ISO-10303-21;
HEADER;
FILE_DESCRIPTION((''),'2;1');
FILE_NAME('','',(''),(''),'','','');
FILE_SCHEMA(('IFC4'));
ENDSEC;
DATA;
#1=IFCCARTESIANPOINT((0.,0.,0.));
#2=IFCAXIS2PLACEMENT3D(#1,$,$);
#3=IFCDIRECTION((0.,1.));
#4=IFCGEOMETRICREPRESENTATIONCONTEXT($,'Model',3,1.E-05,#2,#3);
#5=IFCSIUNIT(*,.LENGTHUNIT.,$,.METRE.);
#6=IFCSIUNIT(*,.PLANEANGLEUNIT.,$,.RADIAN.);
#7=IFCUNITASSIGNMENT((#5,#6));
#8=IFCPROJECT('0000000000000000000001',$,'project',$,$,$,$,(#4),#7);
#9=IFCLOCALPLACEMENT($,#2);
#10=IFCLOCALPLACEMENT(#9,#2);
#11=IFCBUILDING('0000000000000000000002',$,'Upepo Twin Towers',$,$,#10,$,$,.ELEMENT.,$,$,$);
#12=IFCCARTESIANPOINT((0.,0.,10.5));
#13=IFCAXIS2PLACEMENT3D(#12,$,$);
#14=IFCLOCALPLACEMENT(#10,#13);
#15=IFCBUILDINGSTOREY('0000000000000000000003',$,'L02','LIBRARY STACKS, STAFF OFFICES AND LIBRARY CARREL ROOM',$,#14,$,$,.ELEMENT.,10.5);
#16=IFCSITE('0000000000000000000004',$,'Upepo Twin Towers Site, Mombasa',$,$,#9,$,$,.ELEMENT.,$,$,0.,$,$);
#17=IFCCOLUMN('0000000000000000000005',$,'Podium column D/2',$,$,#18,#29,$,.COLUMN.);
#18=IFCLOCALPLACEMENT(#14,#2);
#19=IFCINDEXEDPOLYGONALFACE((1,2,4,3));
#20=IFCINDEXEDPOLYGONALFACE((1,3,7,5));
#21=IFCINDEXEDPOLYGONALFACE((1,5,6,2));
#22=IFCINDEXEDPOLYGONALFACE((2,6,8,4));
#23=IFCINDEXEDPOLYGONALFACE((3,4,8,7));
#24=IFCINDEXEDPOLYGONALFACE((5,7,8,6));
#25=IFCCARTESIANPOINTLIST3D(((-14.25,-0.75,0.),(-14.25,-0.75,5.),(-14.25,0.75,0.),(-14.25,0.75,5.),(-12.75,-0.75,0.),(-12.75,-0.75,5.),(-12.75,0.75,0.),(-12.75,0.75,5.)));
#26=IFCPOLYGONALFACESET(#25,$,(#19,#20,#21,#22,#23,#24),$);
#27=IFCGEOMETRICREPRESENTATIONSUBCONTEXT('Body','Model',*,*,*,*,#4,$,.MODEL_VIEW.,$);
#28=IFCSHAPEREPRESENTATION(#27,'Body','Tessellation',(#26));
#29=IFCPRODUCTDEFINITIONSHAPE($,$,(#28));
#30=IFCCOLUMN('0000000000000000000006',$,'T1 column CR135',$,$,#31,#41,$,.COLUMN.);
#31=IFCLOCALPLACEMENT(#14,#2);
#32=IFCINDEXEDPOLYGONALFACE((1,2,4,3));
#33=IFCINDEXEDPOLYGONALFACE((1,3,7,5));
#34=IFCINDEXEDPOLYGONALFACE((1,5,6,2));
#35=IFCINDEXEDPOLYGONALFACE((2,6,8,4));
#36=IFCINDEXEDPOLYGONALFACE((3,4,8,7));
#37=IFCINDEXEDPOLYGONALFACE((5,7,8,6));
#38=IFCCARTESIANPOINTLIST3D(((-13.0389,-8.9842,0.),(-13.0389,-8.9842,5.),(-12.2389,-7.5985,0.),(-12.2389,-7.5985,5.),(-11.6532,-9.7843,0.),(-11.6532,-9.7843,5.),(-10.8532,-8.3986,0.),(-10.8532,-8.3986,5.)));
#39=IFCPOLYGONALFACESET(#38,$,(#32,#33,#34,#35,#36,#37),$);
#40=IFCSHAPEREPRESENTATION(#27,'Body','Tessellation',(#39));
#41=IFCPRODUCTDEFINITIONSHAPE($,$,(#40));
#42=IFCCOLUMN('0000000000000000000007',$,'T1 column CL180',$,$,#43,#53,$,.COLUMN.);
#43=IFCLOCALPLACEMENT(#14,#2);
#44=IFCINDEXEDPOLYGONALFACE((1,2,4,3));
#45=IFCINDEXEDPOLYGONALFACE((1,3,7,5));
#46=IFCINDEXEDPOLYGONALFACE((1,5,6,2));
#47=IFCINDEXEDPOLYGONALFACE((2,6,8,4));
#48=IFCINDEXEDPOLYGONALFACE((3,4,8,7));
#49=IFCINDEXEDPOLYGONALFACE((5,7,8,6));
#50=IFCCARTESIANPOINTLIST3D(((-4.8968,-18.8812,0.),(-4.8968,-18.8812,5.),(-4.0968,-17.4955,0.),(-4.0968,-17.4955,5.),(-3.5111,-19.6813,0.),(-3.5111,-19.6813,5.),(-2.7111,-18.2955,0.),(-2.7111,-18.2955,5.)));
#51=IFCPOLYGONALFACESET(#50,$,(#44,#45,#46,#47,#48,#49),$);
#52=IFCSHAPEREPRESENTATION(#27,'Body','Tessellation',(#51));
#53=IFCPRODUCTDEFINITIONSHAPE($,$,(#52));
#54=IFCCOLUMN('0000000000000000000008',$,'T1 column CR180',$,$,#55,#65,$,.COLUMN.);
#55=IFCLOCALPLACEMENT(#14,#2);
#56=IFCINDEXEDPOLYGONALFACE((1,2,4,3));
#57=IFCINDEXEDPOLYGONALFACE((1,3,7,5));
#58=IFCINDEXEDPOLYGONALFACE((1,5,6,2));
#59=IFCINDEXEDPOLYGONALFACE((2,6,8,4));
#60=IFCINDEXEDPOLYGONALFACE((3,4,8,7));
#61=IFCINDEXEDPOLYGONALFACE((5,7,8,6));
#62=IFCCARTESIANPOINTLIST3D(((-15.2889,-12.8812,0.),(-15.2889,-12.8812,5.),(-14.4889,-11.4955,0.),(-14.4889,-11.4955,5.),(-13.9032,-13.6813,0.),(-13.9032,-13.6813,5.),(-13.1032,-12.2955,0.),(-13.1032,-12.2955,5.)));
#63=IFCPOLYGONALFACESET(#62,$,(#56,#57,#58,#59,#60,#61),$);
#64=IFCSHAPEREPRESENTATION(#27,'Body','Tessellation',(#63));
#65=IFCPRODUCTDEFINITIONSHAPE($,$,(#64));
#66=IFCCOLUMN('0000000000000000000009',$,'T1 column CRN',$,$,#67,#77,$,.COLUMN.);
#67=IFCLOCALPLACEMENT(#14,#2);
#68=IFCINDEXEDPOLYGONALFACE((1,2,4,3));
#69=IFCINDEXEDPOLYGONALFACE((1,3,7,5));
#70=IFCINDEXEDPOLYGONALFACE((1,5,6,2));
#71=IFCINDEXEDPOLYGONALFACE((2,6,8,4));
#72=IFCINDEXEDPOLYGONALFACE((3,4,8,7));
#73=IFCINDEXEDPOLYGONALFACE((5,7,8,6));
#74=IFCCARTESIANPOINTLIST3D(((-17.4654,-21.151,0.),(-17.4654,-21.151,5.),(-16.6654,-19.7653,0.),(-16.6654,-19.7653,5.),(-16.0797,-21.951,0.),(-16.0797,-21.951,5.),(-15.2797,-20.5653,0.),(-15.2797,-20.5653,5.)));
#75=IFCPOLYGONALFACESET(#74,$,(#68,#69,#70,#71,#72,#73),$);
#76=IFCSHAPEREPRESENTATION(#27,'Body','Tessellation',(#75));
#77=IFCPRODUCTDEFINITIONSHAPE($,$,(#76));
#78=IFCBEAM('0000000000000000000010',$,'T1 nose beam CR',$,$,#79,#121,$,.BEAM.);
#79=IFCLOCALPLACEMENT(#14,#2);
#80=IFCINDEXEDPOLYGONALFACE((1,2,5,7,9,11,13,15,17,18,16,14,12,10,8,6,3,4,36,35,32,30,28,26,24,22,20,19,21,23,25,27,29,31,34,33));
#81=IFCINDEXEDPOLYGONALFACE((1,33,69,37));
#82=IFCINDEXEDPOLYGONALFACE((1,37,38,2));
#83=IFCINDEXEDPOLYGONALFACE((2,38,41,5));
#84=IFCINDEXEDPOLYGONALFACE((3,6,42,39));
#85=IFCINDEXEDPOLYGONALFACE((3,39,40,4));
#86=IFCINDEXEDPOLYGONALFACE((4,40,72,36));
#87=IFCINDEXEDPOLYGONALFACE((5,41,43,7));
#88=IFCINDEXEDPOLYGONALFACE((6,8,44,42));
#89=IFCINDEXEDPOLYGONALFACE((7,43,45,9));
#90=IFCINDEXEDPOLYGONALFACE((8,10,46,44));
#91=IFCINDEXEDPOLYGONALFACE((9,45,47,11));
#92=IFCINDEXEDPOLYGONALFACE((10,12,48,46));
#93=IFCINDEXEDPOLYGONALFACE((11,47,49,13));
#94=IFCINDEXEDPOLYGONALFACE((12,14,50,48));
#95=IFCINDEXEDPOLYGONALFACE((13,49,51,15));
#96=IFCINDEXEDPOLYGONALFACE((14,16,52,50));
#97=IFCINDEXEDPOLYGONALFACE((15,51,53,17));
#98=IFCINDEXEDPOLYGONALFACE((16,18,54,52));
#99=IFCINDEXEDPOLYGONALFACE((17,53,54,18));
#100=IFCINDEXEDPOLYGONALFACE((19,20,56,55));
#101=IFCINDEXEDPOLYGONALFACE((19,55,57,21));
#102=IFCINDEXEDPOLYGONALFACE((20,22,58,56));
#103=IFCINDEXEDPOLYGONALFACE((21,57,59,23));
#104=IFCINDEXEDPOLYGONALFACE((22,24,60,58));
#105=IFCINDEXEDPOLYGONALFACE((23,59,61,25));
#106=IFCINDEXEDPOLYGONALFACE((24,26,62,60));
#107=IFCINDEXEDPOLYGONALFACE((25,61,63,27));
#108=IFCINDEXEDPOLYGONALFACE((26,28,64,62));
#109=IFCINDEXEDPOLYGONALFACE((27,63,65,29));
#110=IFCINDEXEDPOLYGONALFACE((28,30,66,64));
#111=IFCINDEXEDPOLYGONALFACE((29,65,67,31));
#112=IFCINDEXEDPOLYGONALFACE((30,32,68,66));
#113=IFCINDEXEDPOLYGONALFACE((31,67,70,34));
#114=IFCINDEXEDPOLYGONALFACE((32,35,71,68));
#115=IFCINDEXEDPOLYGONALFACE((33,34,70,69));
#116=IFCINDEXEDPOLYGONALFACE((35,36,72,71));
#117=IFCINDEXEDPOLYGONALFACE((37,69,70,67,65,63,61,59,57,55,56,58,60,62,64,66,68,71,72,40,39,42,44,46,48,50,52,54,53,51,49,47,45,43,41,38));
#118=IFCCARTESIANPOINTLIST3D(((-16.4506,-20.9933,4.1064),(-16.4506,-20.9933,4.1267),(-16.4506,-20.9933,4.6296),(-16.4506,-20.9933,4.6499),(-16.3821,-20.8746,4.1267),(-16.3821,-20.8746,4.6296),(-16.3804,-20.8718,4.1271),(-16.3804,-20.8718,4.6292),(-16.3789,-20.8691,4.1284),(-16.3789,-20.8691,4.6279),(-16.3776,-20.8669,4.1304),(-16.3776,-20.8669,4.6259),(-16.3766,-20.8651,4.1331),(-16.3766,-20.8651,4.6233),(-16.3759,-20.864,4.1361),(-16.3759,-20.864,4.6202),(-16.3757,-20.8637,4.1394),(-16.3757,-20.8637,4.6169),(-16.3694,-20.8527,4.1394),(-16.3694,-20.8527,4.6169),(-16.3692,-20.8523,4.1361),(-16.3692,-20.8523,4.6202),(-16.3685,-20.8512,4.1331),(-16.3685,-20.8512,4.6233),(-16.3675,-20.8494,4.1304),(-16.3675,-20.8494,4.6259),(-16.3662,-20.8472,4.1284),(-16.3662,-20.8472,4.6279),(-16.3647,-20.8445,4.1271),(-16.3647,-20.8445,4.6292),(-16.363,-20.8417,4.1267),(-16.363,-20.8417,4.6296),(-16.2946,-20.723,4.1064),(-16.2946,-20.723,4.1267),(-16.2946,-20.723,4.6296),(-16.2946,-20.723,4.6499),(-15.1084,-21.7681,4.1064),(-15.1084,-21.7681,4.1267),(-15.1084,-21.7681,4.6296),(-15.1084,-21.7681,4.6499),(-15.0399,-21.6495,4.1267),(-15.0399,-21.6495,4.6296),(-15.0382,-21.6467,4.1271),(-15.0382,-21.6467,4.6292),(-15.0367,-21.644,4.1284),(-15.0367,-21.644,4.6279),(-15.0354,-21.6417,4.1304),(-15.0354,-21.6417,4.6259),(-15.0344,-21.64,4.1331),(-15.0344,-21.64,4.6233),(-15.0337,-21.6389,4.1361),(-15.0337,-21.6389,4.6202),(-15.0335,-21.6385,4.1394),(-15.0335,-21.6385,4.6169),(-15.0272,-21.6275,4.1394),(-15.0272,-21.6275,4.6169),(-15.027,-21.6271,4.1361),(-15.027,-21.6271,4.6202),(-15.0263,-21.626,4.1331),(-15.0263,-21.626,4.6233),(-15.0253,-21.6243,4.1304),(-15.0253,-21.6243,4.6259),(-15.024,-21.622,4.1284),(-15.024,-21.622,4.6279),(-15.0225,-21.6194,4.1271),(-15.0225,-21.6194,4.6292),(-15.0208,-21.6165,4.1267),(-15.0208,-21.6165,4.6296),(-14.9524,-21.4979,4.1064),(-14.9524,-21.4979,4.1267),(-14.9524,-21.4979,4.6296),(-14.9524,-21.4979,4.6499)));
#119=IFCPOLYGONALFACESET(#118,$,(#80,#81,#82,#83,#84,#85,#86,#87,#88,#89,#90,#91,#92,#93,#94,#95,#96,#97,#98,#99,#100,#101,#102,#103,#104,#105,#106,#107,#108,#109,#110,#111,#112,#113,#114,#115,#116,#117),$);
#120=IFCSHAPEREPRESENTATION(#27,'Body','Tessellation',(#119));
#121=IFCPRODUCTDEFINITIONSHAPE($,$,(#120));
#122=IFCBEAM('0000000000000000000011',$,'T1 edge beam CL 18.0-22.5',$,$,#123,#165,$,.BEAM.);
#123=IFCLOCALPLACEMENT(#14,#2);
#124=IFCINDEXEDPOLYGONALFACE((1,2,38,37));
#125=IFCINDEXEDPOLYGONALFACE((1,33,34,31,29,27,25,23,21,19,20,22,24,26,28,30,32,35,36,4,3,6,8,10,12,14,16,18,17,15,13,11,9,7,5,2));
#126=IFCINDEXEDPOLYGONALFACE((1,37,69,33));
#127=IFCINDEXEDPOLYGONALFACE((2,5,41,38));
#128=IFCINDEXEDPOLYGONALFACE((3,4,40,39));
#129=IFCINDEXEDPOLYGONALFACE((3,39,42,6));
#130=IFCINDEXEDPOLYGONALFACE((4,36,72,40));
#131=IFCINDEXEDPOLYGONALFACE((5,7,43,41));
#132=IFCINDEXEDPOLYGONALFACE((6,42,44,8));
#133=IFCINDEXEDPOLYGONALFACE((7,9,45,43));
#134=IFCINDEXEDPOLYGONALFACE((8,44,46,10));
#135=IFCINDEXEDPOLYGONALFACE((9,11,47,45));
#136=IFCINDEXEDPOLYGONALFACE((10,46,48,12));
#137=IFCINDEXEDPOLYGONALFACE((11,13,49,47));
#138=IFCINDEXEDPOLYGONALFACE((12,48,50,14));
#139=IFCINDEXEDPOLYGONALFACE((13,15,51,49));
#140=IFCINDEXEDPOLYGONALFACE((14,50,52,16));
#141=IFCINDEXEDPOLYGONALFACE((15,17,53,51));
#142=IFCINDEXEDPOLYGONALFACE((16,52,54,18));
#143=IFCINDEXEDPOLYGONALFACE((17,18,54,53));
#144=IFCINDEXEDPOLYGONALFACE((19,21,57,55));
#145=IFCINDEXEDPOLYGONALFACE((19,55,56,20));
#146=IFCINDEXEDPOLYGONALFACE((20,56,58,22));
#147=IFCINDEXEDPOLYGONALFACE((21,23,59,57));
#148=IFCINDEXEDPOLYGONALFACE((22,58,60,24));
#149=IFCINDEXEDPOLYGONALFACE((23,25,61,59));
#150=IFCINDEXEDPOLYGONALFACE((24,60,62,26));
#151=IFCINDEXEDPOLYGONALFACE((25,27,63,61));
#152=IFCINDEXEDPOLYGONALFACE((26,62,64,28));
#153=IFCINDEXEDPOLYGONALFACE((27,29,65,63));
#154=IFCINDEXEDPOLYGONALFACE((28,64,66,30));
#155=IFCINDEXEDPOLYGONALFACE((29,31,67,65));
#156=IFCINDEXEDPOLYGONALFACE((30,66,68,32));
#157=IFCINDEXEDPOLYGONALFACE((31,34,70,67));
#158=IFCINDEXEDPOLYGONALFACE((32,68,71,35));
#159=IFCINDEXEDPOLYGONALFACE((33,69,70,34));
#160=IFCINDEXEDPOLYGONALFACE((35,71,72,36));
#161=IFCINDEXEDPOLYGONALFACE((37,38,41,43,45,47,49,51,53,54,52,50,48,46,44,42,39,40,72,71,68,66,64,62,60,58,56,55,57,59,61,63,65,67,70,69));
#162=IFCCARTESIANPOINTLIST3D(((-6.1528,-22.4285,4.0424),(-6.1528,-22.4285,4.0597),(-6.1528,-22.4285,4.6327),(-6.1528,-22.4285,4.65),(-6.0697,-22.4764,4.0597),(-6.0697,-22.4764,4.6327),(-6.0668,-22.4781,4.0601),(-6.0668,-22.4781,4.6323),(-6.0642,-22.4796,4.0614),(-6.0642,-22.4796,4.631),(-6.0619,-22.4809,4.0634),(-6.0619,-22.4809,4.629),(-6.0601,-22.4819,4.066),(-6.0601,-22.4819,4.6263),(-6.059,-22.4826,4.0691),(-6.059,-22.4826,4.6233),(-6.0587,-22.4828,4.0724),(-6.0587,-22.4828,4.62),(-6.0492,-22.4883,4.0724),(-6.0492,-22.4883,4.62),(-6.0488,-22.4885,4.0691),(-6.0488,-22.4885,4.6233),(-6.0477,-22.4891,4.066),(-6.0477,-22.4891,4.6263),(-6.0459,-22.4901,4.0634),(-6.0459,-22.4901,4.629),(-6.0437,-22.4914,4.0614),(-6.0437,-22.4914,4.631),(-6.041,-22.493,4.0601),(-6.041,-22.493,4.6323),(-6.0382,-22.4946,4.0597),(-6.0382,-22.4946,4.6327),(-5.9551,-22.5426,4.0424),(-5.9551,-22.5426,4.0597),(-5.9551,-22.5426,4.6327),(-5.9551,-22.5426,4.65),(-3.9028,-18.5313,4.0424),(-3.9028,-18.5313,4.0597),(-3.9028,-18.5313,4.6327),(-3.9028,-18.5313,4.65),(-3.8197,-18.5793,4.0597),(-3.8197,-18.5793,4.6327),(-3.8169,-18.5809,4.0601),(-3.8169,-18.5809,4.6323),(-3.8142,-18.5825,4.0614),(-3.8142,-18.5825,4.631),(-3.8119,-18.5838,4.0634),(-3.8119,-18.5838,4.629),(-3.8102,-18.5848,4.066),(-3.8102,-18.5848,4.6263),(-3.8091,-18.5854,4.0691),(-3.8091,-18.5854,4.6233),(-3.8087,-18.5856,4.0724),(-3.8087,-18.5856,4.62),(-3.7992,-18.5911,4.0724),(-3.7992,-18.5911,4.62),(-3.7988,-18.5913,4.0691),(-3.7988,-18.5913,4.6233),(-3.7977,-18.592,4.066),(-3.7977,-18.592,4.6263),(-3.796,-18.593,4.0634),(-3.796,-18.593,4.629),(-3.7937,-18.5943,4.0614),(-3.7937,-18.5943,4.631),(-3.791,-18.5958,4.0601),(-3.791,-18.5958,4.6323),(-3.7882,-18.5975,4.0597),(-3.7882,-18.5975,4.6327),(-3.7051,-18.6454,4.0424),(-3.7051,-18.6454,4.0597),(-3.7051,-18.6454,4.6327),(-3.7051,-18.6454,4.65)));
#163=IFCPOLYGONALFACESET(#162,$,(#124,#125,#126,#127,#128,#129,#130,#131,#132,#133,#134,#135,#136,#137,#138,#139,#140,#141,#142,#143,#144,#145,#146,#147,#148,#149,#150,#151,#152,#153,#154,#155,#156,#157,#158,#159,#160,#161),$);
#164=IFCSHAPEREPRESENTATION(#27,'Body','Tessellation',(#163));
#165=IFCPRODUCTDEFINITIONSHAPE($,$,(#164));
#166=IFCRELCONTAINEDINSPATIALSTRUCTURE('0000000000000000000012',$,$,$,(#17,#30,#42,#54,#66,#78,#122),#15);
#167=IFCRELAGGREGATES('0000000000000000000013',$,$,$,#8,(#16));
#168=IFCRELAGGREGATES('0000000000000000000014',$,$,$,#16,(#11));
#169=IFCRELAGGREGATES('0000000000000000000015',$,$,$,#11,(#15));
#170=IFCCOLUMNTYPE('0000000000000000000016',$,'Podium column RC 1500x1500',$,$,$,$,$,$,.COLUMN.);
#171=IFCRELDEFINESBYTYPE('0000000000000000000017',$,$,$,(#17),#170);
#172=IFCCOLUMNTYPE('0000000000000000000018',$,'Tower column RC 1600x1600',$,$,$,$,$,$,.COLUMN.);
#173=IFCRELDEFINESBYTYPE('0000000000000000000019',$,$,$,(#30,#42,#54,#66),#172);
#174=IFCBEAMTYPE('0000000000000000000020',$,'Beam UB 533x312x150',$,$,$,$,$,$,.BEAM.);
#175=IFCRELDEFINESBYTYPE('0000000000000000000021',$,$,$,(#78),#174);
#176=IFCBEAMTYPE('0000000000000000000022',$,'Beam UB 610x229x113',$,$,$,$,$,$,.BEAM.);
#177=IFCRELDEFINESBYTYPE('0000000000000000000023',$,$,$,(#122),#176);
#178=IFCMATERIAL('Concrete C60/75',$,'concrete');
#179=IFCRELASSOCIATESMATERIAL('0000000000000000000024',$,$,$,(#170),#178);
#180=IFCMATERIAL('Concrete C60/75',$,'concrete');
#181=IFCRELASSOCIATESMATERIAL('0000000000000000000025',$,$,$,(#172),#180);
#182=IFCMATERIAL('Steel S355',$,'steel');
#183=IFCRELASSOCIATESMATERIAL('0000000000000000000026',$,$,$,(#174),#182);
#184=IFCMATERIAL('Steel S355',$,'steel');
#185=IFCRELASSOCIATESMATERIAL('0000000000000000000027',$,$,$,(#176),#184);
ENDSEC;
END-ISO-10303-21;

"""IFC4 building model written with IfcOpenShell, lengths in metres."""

from ifc_helpers import new_model, si_unit, direction, frame, origin, origin_2d, place, context, subcontext, project, spatial, rectangle, i_section, extrude, material, material_profile, profile_set, type_object, element, save


model = new_model("IFC4")

# Units and contexts
model_context = context("Model", 3, precision=1e-05, world=origin(), true_north=direction((0.0, 1.0)))
body_context = subcontext(model_context, "Body", "Model", "MODEL_VIEW")
ifc_project = project(units=[si_unit("LENGTHUNIT", "METRE"), si_unit("PLANEANGLEUNIT", "RADIAN")], contexts=[model_context])

# Site, building, storey
site_placement = place(None, origin())
site = spatial("IfcSite", under=ifc_project, at=site_placement, Name="Upepo Twin Towers Site, Mombasa", CompositionType="ELEMENT", RefElevation=0.0)
building_placement = place(site_placement, origin())
building = spatial("IfcBuilding", under=site, at=building_placement, Name="Upepo Twin Towers", CompositionType="ELEMENT")
storey_placement = place(building_placement, frame((0.0, 0.0, 10.5)))
storey = spatial("IfcBuildingStorey", under=building, at=storey_placement, Name="L02", Description="LIBRARY STACKS, STAFF OFFICES AND LIBRARY CARREL ROOM", CompositionType="ELEMENT", Elevation=10.5)

# Columns
ifc_material_1 = material(Name="Concrete C60/75", Category="concrete")
ifc_material_profile_1 = material_profile(ifc_material_1, rectangle(XDim=1.5, YDim=1.5, at=origin_2d()), Name="RC 1500x1500")
ifc_profile_set_1 = profile_set([ifc_material_profile_1], Name="Concrete C60/75")
column_type_1 = type_object("IfcColumnType", Name="Podium column RC 1500x1500", PredefinedType="COLUMN", material=ifc_profile_set_1)
column_placement = place(storey_placement, frame((-13.5, 0.0, 0.0), z_axis=(0.0, 0.0, 1.0), x_axis=(1.0, 0.0, 0.0)))
element("IfcColumn", 1, at=column_placement, inside=storey, type_object=column_type_1, Name="Podium column D/2", PredefinedType="COLUMN", context=body_context, shape_type="SweptSolid", body=[
    extrude(rectangle(XDim=1.5, YDim=1.5, at=origin_2d()), origin(), (0.0, 0.0, 1.0), 5.0),
])
ifc_material_2 = material(Name="Concrete C60/75", Category="concrete")
ifc_material_profile_2 = material_profile(ifc_material_2, rectangle(XDim=1.6001, YDim=1.6001, at=origin_2d()), Name="RC 1600x1600")
ifc_profile_set_2 = profile_set([ifc_material_profile_2], Name="Concrete C60/75")
column_type_2 = type_object("IfcColumnType", Name="Tower column RC 1600x1600", PredefinedType="COLUMN", material=ifc_profile_set_2)
for number, where, z_axis, x_axis, name in (
    (2, (-11.946, -8.6914, 0.0), (0.0, 0.0, 1.0), (0.5, 0.866025, 0.0), "T1 column CR135"),
    (3, (-3.804, -18.5884, 0.0), (0.0, 0.0, 1.0), (0.5, 0.866025, 0.0), "T1 column CL180"),
    (4, (-14.196, -12.5884, 0.0), (0.0, 0.0, 1.0), (0.5, 0.866025, 0.0), "T1 column CR180"),
    (5, (-16.3726, -20.8582, 0.0), (0.0, 0.0, 1.0), (0.5, 0.866025, 0.0), "T1 column CRN"),
):
    element("IfcColumn", number, at=place(storey_placement, frame(where, z_axis=z_axis, x_axis=x_axis)), inside=storey, type_object=column_type_2, Name=name, PredefinedType="COLUMN", context=body_context, shape_type="SweptSolid", body=[
        extrude(rectangle(XDim=1.6001, YDim=1.6001, at=origin_2d()), origin(), (0.0, 0.0, 1.0), 5.0),
    ])

# Beams
ifc_material_3 = material(Name="Steel S355", Category="steel")
ifc_material_profile_3 = material_profile(ifc_material_3, i_section(OverallWidth=0.312, OverallDepth=0.5435, WebThickness=0.0127, FlangeThickness=0.0203, FilletRadius=0.0127, at=origin_2d()), Name="UB 533x312x150")
ifc_profile_set_3 = profile_set([ifc_material_profile_3], Name="Steel S355")
beam_type_1 = type_object("IfcBeamType", Name="Beam UB 533x312x150", PredefinedType="BEAM", material=ifc_profile_set_3)
beam_1_placement = place(storey_placement, frame((-16.3726, -20.8582, 4.3782), z_axis=(0.866044, -0.499968, 0.0), x_axis=(0.499968, 0.866044, 0.0)))
element("IfcBeam", 6, at=beam_1_placement, inside=storey, type_object=beam_type_1, Name="T1 nose beam CR", PredefinedType="BEAM", context=body_context, shape_type="SweptSolid", body=[
    extrude(i_section(OverallWidth=0.312, OverallDepth=0.5435, WebThickness=0.0127, FlangeThickness=0.0203, FilletRadius=0.0127, at=origin_2d()), origin(), (0.0, 0.0, 1.0), 1.5498),
])
ifc_material_4 = material(Name="Steel S355", Category="steel")
ifc_material_profile_4 = material_profile(ifc_material_4, i_section(OverallWidth=0.2283, OverallDepth=0.6077, WebThickness=0.011, FlangeThickness=0.0173, FilletRadius=0.0127, at=origin_2d()), Name="UB 610x229x113")
ifc_profile_set_4 = profile_set([ifc_material_profile_4], Name="Steel S355")
beam_type_2 = type_object("IfcBeamType", Name="Beam UB 610x229x113", PredefinedType="BEAM", material=ifc_profile_set_4)
beam_2_placement = place(storey_placement, frame((-3.804, -18.5884, 4.3462), z_axis=(-0.49999, -0.866031, 0.0), x_axis=(0.866031, -0.49999, 0.0)))
element("IfcBeam", 7, at=beam_2_placement, inside=storey, type_object=beam_type_2, Name="T1 edge beam CL 18.0-22.5", PredefinedType="BEAM", context=body_context, shape_type="SweptSolid", body=[
    extrude(i_section(OverallWidth=0.2283, OverallDepth=0.6077, WebThickness=0.011, FlangeThickness=0.0173, FilletRadius=0.0127, at=origin_2d()), origin(), (0.0, 0.0, 1.0), 4.5),
])

save(model, "model.ifc")
